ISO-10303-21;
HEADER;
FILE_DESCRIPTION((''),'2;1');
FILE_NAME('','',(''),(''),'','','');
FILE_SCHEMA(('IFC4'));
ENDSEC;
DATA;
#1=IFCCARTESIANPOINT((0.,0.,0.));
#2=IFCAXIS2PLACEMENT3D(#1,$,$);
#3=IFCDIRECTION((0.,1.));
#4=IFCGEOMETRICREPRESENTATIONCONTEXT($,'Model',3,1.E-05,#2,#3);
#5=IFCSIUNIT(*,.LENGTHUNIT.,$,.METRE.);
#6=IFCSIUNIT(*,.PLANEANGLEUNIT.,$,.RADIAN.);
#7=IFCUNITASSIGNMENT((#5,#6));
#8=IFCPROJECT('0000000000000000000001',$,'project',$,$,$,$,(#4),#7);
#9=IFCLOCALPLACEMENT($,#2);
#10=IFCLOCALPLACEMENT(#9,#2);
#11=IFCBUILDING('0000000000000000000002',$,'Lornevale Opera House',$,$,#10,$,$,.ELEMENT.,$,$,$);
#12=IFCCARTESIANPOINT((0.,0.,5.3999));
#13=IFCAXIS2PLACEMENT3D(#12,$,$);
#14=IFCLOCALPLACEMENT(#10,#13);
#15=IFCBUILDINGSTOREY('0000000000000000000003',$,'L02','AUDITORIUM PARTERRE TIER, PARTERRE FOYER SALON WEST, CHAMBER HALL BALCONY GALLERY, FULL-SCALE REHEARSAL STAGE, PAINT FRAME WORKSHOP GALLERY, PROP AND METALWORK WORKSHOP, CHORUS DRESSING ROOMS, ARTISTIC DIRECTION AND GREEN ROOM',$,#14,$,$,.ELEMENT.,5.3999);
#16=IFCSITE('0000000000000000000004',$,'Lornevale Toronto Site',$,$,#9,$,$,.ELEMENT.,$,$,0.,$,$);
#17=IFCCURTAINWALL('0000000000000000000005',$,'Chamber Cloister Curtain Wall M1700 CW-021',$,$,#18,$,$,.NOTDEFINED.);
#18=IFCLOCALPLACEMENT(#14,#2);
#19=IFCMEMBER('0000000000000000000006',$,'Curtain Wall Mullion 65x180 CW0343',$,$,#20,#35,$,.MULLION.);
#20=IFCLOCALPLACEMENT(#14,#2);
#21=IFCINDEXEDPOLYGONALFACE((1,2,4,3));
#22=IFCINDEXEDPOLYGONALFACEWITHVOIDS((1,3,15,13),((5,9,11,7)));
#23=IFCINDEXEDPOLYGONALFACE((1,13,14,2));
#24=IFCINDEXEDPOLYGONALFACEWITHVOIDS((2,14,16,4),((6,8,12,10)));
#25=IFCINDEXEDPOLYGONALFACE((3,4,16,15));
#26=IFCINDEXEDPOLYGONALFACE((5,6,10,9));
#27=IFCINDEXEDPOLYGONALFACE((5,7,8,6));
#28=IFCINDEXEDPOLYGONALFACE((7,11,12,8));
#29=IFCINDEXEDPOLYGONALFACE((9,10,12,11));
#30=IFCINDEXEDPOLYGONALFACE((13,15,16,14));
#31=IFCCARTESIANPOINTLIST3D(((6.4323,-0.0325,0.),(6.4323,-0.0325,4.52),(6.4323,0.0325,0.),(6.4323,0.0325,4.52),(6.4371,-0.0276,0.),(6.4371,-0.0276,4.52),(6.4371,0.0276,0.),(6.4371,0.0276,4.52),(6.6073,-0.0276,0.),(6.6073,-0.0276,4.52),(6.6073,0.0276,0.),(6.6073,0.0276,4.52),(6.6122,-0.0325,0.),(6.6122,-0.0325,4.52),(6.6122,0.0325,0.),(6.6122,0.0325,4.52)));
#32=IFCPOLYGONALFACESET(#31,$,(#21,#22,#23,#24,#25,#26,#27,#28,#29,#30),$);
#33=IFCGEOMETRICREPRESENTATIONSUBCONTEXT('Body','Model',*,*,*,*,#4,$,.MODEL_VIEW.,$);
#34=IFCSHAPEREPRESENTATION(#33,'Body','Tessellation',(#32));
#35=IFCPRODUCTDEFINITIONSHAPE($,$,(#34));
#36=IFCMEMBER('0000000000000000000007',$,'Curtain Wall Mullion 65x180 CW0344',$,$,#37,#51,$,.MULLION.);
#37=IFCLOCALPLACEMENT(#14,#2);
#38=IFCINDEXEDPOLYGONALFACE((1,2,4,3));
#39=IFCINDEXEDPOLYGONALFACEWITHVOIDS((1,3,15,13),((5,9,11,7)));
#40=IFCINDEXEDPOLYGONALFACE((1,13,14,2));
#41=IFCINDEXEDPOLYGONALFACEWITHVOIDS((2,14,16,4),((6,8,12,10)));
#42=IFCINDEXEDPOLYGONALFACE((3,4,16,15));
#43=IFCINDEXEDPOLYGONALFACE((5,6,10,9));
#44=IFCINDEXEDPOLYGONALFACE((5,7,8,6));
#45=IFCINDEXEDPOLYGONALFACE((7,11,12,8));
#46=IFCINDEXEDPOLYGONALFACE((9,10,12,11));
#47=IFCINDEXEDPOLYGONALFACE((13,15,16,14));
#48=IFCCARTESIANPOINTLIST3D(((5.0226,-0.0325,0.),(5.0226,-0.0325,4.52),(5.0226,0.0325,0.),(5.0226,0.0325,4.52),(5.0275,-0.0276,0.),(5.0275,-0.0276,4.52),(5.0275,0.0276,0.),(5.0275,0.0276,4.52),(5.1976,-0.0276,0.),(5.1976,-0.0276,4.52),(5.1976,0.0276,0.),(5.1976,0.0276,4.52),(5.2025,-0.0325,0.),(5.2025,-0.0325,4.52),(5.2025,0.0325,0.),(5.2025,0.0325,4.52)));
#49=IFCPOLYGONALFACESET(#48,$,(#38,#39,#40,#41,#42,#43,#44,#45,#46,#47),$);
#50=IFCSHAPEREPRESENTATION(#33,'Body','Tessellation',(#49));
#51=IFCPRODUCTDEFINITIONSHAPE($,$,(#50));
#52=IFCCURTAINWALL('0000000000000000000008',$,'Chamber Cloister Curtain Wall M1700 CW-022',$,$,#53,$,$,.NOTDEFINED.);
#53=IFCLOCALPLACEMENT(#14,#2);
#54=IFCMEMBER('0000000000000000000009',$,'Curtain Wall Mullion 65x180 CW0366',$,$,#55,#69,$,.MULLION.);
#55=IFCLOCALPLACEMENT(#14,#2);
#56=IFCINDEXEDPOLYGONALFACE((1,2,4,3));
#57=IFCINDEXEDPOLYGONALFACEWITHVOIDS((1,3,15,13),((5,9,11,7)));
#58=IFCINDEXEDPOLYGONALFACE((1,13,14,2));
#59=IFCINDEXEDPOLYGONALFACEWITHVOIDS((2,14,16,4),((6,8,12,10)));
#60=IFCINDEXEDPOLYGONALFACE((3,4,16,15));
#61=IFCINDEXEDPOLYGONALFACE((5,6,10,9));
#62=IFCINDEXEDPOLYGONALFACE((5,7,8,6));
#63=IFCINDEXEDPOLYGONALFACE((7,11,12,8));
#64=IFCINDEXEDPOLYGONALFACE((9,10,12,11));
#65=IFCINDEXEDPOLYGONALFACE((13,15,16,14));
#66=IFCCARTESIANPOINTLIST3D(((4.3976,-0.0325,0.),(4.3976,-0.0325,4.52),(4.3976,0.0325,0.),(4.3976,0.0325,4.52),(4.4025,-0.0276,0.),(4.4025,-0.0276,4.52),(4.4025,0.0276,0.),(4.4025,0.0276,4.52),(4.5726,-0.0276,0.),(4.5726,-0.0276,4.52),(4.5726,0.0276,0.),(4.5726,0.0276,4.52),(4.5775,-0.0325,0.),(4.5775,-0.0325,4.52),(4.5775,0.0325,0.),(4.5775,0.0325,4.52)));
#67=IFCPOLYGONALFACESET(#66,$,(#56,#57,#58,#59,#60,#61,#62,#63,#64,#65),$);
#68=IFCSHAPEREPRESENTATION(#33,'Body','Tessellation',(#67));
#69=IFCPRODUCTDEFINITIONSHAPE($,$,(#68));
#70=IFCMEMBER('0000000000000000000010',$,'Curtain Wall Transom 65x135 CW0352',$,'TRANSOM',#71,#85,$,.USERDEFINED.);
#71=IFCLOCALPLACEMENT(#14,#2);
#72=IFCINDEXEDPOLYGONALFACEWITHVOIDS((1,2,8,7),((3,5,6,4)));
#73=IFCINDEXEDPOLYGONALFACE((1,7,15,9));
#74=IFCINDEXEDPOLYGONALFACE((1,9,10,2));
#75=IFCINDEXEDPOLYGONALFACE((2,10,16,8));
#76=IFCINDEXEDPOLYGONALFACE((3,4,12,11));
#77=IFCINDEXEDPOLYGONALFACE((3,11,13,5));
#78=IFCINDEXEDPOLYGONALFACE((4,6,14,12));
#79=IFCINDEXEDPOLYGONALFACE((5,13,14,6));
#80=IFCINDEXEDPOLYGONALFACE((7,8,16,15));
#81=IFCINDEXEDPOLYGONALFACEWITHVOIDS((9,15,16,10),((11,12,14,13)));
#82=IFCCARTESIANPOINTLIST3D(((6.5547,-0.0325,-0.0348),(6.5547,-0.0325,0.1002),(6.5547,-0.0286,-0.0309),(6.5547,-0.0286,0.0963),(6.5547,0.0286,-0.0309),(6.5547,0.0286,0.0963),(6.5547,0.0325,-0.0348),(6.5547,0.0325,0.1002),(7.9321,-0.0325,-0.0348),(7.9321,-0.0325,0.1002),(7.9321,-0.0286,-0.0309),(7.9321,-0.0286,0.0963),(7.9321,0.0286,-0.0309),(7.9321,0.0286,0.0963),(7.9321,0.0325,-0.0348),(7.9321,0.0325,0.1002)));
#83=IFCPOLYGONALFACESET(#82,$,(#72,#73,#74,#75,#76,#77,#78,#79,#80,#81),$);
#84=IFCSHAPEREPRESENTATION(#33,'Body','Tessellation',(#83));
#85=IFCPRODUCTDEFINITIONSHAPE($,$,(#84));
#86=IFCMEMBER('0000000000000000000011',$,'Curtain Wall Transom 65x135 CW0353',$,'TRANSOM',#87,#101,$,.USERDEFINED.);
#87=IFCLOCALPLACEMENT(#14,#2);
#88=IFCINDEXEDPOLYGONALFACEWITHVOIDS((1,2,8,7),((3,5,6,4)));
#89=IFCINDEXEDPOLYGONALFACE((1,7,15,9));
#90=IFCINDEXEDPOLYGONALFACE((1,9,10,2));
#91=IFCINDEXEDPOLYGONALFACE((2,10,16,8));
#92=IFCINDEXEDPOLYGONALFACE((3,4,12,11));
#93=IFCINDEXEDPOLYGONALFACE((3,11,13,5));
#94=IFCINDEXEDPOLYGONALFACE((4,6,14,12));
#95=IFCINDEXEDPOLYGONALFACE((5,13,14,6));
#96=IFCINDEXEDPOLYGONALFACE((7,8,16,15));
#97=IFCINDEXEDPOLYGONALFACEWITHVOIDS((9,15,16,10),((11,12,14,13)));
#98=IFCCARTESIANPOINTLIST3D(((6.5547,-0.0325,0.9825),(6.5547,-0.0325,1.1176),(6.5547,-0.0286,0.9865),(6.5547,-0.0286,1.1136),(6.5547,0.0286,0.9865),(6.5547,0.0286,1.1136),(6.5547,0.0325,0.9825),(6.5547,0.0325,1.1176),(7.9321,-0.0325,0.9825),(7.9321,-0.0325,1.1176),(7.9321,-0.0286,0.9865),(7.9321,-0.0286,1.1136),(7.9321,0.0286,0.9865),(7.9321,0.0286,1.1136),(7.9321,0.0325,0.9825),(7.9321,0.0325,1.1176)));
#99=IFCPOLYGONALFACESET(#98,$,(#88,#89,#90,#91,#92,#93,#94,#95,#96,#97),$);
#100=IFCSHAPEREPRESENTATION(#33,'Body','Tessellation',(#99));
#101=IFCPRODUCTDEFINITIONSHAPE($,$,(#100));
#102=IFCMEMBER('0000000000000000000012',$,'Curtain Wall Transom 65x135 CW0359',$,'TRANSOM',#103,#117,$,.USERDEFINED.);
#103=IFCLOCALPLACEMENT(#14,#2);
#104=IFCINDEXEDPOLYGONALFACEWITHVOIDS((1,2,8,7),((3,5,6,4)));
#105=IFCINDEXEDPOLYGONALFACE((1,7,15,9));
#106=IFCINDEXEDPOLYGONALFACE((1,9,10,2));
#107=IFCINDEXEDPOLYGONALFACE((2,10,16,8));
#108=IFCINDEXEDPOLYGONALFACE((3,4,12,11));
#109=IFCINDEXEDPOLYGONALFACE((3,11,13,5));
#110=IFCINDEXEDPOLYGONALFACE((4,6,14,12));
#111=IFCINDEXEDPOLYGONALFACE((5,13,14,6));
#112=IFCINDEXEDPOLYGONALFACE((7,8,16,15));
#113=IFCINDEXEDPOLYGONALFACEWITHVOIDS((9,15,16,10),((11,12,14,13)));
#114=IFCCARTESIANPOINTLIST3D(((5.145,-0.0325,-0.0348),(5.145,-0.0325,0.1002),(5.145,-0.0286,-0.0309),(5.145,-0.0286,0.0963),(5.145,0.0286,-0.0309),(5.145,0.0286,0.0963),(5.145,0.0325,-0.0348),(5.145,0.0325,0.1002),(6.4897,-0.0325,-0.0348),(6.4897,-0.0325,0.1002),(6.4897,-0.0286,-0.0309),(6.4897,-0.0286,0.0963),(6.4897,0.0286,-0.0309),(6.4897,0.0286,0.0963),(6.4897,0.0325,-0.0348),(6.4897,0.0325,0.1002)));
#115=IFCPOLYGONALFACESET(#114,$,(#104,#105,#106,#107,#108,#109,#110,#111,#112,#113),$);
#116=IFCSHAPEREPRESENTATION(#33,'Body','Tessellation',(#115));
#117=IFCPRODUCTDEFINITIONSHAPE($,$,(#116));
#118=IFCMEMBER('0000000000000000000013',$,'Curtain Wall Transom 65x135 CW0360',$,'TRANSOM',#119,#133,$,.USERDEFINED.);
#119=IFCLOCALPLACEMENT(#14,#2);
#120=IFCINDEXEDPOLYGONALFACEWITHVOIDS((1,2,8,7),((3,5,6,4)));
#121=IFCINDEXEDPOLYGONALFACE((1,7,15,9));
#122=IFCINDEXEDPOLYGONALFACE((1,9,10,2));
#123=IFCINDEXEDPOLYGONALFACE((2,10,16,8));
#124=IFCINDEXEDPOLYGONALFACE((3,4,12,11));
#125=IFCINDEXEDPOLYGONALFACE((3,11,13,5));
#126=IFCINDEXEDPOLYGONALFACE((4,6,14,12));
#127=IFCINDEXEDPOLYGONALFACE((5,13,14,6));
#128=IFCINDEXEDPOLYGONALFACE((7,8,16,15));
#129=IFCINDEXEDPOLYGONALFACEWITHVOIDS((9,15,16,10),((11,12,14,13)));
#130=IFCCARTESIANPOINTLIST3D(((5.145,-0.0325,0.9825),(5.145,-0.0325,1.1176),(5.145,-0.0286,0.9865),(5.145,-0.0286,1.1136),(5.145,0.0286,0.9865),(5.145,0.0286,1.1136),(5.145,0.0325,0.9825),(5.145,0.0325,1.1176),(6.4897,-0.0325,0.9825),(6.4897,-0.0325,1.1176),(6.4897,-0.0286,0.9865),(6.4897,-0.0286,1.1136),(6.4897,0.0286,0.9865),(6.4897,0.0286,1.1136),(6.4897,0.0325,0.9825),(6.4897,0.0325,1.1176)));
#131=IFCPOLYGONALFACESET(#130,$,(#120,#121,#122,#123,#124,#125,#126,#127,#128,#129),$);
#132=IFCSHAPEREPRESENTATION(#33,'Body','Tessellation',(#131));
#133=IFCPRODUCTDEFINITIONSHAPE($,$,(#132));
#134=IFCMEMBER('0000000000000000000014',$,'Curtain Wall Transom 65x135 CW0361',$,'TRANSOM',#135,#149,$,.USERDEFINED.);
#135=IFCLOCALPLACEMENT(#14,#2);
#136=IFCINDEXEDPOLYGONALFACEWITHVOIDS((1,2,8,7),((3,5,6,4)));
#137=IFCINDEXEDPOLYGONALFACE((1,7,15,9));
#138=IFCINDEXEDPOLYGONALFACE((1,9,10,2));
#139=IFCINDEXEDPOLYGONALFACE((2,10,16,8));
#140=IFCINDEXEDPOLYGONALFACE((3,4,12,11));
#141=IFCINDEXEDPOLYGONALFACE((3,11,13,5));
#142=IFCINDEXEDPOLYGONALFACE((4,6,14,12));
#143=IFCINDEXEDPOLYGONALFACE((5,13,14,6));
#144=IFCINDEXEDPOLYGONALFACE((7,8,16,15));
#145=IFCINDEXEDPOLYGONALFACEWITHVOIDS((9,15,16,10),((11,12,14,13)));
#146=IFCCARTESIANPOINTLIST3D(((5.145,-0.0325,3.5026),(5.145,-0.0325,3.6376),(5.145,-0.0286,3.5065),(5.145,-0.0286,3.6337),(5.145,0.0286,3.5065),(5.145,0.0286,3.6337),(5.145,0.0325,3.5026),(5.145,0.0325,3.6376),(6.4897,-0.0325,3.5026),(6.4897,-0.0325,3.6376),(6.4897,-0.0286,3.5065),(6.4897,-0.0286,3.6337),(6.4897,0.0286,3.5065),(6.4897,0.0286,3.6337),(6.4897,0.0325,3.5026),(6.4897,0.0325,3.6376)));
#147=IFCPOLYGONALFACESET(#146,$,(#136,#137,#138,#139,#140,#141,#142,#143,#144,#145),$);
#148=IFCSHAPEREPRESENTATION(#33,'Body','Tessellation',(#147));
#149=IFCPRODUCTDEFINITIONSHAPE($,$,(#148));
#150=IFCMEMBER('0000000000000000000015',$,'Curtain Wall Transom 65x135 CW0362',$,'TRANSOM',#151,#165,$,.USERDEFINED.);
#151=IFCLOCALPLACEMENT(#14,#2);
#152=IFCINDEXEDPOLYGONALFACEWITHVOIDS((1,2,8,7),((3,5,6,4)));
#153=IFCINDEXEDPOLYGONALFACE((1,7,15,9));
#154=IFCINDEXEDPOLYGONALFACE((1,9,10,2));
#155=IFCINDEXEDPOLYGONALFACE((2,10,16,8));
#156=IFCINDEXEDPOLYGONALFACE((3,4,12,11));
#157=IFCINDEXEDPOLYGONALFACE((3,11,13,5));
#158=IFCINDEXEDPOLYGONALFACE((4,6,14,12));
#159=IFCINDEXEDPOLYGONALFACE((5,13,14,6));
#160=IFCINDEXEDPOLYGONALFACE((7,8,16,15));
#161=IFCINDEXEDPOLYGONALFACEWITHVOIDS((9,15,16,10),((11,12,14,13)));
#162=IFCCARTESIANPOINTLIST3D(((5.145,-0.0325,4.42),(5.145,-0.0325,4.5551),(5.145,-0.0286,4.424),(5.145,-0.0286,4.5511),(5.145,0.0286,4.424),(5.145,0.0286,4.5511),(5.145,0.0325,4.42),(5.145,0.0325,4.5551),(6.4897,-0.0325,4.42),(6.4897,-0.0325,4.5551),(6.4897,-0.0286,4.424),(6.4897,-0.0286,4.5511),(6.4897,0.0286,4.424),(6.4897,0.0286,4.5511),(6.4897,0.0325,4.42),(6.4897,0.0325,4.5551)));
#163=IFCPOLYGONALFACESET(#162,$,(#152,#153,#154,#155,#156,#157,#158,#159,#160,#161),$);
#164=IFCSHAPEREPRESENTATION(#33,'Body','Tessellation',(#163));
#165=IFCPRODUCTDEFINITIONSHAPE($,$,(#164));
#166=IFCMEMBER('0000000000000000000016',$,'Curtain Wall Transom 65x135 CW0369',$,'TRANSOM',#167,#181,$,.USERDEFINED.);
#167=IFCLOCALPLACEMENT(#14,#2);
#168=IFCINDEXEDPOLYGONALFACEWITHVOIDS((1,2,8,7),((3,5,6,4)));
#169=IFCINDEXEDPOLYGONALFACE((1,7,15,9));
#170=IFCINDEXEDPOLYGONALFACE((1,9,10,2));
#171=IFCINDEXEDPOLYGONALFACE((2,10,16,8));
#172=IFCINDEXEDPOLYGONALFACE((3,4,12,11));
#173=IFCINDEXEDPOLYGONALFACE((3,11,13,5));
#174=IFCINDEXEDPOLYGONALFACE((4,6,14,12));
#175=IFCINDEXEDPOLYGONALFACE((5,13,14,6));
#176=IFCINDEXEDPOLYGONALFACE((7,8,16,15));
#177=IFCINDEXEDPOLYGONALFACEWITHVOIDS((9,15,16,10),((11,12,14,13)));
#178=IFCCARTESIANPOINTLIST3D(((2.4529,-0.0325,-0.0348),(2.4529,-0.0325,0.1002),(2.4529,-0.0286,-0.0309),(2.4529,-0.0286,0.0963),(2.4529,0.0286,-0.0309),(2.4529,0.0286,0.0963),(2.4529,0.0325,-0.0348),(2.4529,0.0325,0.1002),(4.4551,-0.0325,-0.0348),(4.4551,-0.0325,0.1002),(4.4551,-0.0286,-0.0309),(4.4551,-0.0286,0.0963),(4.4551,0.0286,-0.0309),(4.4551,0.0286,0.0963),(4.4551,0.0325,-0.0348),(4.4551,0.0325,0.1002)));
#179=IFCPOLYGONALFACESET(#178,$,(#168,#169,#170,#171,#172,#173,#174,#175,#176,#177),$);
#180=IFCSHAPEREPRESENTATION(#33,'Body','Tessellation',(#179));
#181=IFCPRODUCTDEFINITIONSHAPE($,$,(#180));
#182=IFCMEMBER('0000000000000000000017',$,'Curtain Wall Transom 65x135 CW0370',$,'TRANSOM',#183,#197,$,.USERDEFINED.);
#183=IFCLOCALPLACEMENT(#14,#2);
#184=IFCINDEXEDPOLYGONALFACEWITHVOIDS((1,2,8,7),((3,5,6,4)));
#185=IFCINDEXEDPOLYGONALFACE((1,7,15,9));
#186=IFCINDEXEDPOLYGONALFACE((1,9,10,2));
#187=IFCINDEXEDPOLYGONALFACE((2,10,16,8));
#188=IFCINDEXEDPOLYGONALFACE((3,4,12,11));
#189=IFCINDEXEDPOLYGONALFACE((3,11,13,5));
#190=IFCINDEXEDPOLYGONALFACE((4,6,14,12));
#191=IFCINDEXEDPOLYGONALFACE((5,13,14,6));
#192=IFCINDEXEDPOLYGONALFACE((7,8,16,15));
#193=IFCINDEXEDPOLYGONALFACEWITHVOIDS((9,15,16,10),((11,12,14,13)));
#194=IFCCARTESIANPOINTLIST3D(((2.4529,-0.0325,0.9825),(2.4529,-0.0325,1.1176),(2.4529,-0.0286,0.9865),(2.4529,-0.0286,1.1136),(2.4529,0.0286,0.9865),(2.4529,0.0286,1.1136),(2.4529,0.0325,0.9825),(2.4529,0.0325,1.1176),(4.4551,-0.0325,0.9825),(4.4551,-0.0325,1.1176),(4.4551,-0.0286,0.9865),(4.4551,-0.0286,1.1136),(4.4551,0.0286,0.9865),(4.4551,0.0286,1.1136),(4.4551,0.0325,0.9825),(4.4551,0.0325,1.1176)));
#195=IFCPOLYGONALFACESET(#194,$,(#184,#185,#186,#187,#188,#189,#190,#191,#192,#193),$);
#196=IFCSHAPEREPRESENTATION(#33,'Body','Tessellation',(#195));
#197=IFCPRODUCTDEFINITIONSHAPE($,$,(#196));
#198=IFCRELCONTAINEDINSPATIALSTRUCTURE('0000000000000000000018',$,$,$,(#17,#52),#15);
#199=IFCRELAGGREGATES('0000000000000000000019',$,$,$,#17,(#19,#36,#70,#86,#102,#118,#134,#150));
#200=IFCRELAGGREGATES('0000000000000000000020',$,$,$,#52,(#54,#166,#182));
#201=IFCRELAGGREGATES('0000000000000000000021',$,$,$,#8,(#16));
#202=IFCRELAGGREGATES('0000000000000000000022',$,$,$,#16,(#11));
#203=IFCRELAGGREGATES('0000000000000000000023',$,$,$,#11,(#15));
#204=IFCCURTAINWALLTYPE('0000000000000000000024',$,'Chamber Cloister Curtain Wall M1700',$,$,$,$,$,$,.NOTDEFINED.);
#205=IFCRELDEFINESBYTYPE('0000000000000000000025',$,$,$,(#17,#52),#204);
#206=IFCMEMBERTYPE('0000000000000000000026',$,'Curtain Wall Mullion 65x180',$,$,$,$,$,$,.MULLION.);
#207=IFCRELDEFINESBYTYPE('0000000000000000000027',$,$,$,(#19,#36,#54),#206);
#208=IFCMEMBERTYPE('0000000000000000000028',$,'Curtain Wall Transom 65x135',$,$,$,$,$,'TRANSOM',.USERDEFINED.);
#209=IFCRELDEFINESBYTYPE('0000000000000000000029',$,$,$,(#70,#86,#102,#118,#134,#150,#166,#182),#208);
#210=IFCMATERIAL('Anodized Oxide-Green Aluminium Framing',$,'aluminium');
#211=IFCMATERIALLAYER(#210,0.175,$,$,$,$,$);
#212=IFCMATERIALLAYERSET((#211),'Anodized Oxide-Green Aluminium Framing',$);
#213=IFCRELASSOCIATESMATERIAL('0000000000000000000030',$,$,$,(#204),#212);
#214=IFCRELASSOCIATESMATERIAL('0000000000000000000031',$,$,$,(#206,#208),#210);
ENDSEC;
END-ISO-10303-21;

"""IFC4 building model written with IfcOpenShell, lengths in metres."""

from ifc_helpers import new_model, si_unit, direction, frame, origin, origin_2d, place, context, subcontext, project, spatial, hollow_rectangle, extrude, material, layer, layer_set, material_profile, profile_set, type_object, element, aggregate, save


model = new_model("IFC4")

# Units and contexts
model_context = context("Model", 3, precision=1e-05, world=origin(), true_north=direction((0.0, 1.0)))
body_context = subcontext(model_context, "Body", "Model", "MODEL_VIEW")
ifc_project = project(units=[si_unit("LENGTHUNIT", "METRE"), si_unit("PLANEANGLEUNIT", "RADIAN")], contexts=[model_context])

# Site, building, storey
site_placement = place(None, origin())
site = spatial("IfcSite", under=ifc_project, at=site_placement, Name="Lornevale Toronto Site", CompositionType="ELEMENT", RefElevation=0.0)
building_placement = place(site_placement, origin())
building = spatial("IfcBuilding", under=site, at=building_placement, Name="Lornevale Opera House", CompositionType="ELEMENT")
storey_placement = place(building_placement, frame((0.0, 0.0, 5.3999)))
storey = spatial("IfcBuildingStorey", under=building, at=storey_placement, Name="L02", Description="AUDITORIUM PARTERRE TIER, PARTERRE FOYER SALON WEST, CHAMBER HALL BALCONY GALLERY, FULL-SCALE REHEARSAL STAGE, PAINT FRAME WORKSHOP GALLERY, PROP AND METALWORK WORKSHOP, CHORUS DRESSING ROOMS, ARTISTIC DIRECTION AND GREEN ROOM", CompositionType="ELEMENT", Elevation=5.3999)

# Curtain wall, members
ifc_material_1 = material(Name="Anodized Oxide-Green Aluminium Framing", Category="aluminium")
ifc_layer_1 = layer(ifc_material_1, 0.175)
ifc_layer_set_1 = layer_set([ifc_layer_1], Name="Anodized Oxide-Green Aluminium Framing")
curtain_wall_type = type_object("IfcCurtainWallType", Name="Chamber Cloister Curtain Wall M1700", PredefinedType="NOTDEFINED", material=ifc_layer_set_1)
curtain_wall_1_placement = place(storey_placement, origin())
curtain_wall_1 = element("IfcCurtainWall", 1, at=curtain_wall_1_placement, inside=storey, type_object=curtain_wall_type, Name="Chamber Cloister Curtain Wall M1700 CW-021", PredefinedType="NOTDEFINED")
ifc_material_profile_1 = material_profile(ifc_material_1, hollow_rectangle(XDim=0.0649, YDim=0.1799, WallThickness=0.0049, at=origin_2d()), Name="ALU65x180x5")
ifc_profile_set_1 = profile_set([ifc_material_profile_1], Name="Anodized Oxide-Green Aluminium Framing")
member_type_1 = type_object("IfcMemberType", Name="Curtain Wall Mullion 65x180", PredefinedType="MULLION", material=ifc_profile_set_1)
member_1_placement = place(storey_placement, frame((6.5222, 0.0, 0.0), z_axis=(0.0, 0.0, 1.0), x_axis=(0.0, -1.0, 0.0)))
member_1 = element("IfcMember", 2, at=member_1_placement, type_object=member_type_1, Name="Curtain Wall Mullion 65x180 CW0343", PredefinedType="MULLION", context=body_context, shape_type="SweptSolid", body=[
    extrude(hollow_rectangle(XDim=0.0649, YDim=0.1799, WallThickness=0.0049, at=origin_2d()), origin(), (0.0, 0.0, 1.0), 4.52),
])
member_2_placement = place(storey_placement, frame((5.1125, 0.0, 0.0), z_axis=(0.0, 0.0, 1.0), x_axis=(0.0, -1.0, 0.0)))
member_2 = element("IfcMember", 3, at=member_2_placement, type_object=member_type_1, Name="Curtain Wall Mullion 65x180 CW0344", PredefinedType="MULLION", context=body_context, shape_type="SweptSolid", body=[
    extrude(hollow_rectangle(XDim=0.0649, YDim=0.1799, WallThickness=0.0049, at=origin_2d()), origin(), (0.0, 0.0, 1.0), 4.52),
])

# Curtain wall, member
curtain_wall_2_placement = place(storey_placement, origin())
curtain_wall_2 = element("IfcCurtainWall", 4, at=curtain_wall_2_placement, inside=storey, type_object=curtain_wall_type, Name="Chamber Cloister Curtain Wall M1700 CW-022", PredefinedType="NOTDEFINED")
member_3_placement = place(storey_placement, frame((4.4875, 0.0, 0.0), z_axis=(0.0, 0.0, 1.0), x_axis=(0.0, -1.0, 0.0)))
member_3 = element("IfcMember", 5, at=member_3_placement, type_object=member_type_1, Name="Curtain Wall Mullion 65x180 CW0366", PredefinedType="MULLION", context=body_context, shape_type="SweptSolid", body=[
    extrude(hollow_rectangle(XDim=0.0649, YDim=0.1799, WallThickness=0.0049, at=origin_2d()), origin(), (0.0, 0.0, 1.0), 4.52),
])

# Members
ifc_material_profile_2 = material_profile(ifc_material_1, hollow_rectangle(XDim=0.0649, YDim=0.135, WallThickness=0.0039, at=origin_2d()), Name="ALU65x135x4")
ifc_profile_set_2 = profile_set([ifc_material_profile_2], Name="Anodized Oxide-Green Aluminium Framing")
member_type_2 = type_object("IfcMemberType", Name="Curtain Wall Transom 65x135", ElementType="TRANSOM", PredefinedType="USERDEFINED", material=ifc_profile_set_2)
member_4_placement = place(storey_placement, frame((7.9321, 0.0, 0.0327), z_axis=(-1.0, 0.0, 0.0), x_axis=(0.0, -1.0, 0.0)))
member_4 = element("IfcMember", 6, at=member_4_placement, type_object=member_type_2, Name="Curtain Wall Transom 65x135 CW0352", ObjectType="TRANSOM", PredefinedType="USERDEFINED", context=body_context, shape_type="SweptSolid", body=[
    extrude(hollow_rectangle(XDim=0.0649, YDim=0.135, WallThickness=0.0039, at=origin_2d()), origin(), (0.0, 0.0, 1.0), 1.3774),
])
member_5_placement = place(storey_placement, frame((7.9321, 0.0, 1.05), z_axis=(-1.0, 0.0, 0.0), x_axis=(0.0, -1.0, 0.0)))
member_5 = element("IfcMember", 7, at=member_5_placement, type_object=member_type_2, Name="Curtain Wall Transom 65x135 CW0353", ObjectType="TRANSOM", PredefinedType="USERDEFINED", context=body_context, shape_type="SweptSolid", body=[
    extrude(hollow_rectangle(XDim=0.0649, YDim=0.135, WallThickness=0.0039, at=origin_2d()), origin(), (0.0, 0.0, 1.0), 1.3774),
])
member_6_placement = place(storey_placement, frame((6.4897, 0.0, 0.0327), z_axis=(-1.0, 0.0, 0.0), x_axis=(0.0, -1.0, 0.0)))
member_6 = element("IfcMember", 8, at=member_6_placement, type_object=member_type_2, Name="Curtain Wall Transom 65x135 CW0359", ObjectType="TRANSOM", PredefinedType="USERDEFINED", context=body_context, shape_type="SweptSolid", body=[
    extrude(hollow_rectangle(XDim=0.0649, YDim=0.135, WallThickness=0.0039, at=origin_2d()), origin(), (0.0, 0.0, 1.0), 1.3447),
])
member_7_placement = place(storey_placement, frame((6.4897, 0.0, 1.05), z_axis=(-1.0, 0.0, 0.0), x_axis=(0.0, -1.0, 0.0)))
member_7 = element("IfcMember", 9, at=member_7_placement, type_object=member_type_2, Name="Curtain Wall Transom 65x135 CW0360", ObjectType="TRANSOM", PredefinedType="USERDEFINED", context=body_context, shape_type="SweptSolid", body=[
    extrude(hollow_rectangle(XDim=0.0649, YDim=0.135, WallThickness=0.0039, at=origin_2d()), origin(), (0.0, 0.0, 1.0), 1.3447),
])
member_8_placement = place(storey_placement, frame((6.4897, 0.0, 3.5701), z_axis=(-1.0, 0.0, 0.0), x_axis=(0.0, -1.0, 0.0)))
member_8 = element("IfcMember", 10, at=member_8_placement, type_object=member_type_2, Name="Curtain Wall Transom 65x135 CW0361", ObjectType="TRANSOM", PredefinedType="USERDEFINED", context=body_context, shape_type="SweptSolid", body=[
    extrude(hollow_rectangle(XDim=0.0649, YDim=0.135, WallThickness=0.0039, at=origin_2d()), origin(), (0.0, 0.0, 1.0), 1.3447),
])
member_9_placement = place(storey_placement, frame((6.4897, 0.0, 4.4875), z_axis=(-1.0, 0.0, 0.0), x_axis=(0.0, -1.0, 0.0)))
member_9 = element("IfcMember", 11, at=member_9_placement, type_object=member_type_2, Name="Curtain Wall Transom 65x135 CW0362", ObjectType="TRANSOM", PredefinedType="USERDEFINED", context=body_context, shape_type="SweptSolid", body=[
    extrude(hollow_rectangle(XDim=0.0649, YDim=0.135, WallThickness=0.0039, at=origin_2d()), origin(), (0.0, 0.0, 1.0), 1.3447),
])
member_10_placement = place(storey_placement, frame((4.4551, 0.0, 0.0327), z_axis=(-1.0, 0.0, 0.0), x_axis=(0.0, -1.0, 0.0)))
member_10 = element("IfcMember", 12, at=member_10_placement, type_object=member_type_2, Name="Curtain Wall Transom 65x135 CW0369", ObjectType="TRANSOM", PredefinedType="USERDEFINED", context=body_context, shape_type="SweptSolid", body=[
    extrude(hollow_rectangle(XDim=0.0649, YDim=0.135, WallThickness=0.0039, at=origin_2d()), origin(), (0.0, 0.0, 1.0), 2.0022),
])
member_11_placement = place(storey_placement, frame((4.4551, 0.0, 1.05), z_axis=(-1.0, 0.0, 0.0), x_axis=(0.0, -1.0, 0.0)))
member_11 = element("IfcMember", 13, at=member_11_placement, type_object=member_type_2, Name="Curtain Wall Transom 65x135 CW0370", ObjectType="TRANSOM", PredefinedType="USERDEFINED", context=body_context, shape_type="SweptSolid", body=[
    extrude(hollow_rectangle(XDim=0.0649, YDim=0.135, WallThickness=0.0039, at=origin_2d()), origin(), (0.0, 0.0, 1.0), 2.0022),
])

aggregate(curtain_wall_1, [member_1, member_2, member_4, member_5, member_6, member_7, member_8, member_9])
aggregate(curtain_wall_2, [member_3, member_10, member_11])

save(model, "model.ifc")
